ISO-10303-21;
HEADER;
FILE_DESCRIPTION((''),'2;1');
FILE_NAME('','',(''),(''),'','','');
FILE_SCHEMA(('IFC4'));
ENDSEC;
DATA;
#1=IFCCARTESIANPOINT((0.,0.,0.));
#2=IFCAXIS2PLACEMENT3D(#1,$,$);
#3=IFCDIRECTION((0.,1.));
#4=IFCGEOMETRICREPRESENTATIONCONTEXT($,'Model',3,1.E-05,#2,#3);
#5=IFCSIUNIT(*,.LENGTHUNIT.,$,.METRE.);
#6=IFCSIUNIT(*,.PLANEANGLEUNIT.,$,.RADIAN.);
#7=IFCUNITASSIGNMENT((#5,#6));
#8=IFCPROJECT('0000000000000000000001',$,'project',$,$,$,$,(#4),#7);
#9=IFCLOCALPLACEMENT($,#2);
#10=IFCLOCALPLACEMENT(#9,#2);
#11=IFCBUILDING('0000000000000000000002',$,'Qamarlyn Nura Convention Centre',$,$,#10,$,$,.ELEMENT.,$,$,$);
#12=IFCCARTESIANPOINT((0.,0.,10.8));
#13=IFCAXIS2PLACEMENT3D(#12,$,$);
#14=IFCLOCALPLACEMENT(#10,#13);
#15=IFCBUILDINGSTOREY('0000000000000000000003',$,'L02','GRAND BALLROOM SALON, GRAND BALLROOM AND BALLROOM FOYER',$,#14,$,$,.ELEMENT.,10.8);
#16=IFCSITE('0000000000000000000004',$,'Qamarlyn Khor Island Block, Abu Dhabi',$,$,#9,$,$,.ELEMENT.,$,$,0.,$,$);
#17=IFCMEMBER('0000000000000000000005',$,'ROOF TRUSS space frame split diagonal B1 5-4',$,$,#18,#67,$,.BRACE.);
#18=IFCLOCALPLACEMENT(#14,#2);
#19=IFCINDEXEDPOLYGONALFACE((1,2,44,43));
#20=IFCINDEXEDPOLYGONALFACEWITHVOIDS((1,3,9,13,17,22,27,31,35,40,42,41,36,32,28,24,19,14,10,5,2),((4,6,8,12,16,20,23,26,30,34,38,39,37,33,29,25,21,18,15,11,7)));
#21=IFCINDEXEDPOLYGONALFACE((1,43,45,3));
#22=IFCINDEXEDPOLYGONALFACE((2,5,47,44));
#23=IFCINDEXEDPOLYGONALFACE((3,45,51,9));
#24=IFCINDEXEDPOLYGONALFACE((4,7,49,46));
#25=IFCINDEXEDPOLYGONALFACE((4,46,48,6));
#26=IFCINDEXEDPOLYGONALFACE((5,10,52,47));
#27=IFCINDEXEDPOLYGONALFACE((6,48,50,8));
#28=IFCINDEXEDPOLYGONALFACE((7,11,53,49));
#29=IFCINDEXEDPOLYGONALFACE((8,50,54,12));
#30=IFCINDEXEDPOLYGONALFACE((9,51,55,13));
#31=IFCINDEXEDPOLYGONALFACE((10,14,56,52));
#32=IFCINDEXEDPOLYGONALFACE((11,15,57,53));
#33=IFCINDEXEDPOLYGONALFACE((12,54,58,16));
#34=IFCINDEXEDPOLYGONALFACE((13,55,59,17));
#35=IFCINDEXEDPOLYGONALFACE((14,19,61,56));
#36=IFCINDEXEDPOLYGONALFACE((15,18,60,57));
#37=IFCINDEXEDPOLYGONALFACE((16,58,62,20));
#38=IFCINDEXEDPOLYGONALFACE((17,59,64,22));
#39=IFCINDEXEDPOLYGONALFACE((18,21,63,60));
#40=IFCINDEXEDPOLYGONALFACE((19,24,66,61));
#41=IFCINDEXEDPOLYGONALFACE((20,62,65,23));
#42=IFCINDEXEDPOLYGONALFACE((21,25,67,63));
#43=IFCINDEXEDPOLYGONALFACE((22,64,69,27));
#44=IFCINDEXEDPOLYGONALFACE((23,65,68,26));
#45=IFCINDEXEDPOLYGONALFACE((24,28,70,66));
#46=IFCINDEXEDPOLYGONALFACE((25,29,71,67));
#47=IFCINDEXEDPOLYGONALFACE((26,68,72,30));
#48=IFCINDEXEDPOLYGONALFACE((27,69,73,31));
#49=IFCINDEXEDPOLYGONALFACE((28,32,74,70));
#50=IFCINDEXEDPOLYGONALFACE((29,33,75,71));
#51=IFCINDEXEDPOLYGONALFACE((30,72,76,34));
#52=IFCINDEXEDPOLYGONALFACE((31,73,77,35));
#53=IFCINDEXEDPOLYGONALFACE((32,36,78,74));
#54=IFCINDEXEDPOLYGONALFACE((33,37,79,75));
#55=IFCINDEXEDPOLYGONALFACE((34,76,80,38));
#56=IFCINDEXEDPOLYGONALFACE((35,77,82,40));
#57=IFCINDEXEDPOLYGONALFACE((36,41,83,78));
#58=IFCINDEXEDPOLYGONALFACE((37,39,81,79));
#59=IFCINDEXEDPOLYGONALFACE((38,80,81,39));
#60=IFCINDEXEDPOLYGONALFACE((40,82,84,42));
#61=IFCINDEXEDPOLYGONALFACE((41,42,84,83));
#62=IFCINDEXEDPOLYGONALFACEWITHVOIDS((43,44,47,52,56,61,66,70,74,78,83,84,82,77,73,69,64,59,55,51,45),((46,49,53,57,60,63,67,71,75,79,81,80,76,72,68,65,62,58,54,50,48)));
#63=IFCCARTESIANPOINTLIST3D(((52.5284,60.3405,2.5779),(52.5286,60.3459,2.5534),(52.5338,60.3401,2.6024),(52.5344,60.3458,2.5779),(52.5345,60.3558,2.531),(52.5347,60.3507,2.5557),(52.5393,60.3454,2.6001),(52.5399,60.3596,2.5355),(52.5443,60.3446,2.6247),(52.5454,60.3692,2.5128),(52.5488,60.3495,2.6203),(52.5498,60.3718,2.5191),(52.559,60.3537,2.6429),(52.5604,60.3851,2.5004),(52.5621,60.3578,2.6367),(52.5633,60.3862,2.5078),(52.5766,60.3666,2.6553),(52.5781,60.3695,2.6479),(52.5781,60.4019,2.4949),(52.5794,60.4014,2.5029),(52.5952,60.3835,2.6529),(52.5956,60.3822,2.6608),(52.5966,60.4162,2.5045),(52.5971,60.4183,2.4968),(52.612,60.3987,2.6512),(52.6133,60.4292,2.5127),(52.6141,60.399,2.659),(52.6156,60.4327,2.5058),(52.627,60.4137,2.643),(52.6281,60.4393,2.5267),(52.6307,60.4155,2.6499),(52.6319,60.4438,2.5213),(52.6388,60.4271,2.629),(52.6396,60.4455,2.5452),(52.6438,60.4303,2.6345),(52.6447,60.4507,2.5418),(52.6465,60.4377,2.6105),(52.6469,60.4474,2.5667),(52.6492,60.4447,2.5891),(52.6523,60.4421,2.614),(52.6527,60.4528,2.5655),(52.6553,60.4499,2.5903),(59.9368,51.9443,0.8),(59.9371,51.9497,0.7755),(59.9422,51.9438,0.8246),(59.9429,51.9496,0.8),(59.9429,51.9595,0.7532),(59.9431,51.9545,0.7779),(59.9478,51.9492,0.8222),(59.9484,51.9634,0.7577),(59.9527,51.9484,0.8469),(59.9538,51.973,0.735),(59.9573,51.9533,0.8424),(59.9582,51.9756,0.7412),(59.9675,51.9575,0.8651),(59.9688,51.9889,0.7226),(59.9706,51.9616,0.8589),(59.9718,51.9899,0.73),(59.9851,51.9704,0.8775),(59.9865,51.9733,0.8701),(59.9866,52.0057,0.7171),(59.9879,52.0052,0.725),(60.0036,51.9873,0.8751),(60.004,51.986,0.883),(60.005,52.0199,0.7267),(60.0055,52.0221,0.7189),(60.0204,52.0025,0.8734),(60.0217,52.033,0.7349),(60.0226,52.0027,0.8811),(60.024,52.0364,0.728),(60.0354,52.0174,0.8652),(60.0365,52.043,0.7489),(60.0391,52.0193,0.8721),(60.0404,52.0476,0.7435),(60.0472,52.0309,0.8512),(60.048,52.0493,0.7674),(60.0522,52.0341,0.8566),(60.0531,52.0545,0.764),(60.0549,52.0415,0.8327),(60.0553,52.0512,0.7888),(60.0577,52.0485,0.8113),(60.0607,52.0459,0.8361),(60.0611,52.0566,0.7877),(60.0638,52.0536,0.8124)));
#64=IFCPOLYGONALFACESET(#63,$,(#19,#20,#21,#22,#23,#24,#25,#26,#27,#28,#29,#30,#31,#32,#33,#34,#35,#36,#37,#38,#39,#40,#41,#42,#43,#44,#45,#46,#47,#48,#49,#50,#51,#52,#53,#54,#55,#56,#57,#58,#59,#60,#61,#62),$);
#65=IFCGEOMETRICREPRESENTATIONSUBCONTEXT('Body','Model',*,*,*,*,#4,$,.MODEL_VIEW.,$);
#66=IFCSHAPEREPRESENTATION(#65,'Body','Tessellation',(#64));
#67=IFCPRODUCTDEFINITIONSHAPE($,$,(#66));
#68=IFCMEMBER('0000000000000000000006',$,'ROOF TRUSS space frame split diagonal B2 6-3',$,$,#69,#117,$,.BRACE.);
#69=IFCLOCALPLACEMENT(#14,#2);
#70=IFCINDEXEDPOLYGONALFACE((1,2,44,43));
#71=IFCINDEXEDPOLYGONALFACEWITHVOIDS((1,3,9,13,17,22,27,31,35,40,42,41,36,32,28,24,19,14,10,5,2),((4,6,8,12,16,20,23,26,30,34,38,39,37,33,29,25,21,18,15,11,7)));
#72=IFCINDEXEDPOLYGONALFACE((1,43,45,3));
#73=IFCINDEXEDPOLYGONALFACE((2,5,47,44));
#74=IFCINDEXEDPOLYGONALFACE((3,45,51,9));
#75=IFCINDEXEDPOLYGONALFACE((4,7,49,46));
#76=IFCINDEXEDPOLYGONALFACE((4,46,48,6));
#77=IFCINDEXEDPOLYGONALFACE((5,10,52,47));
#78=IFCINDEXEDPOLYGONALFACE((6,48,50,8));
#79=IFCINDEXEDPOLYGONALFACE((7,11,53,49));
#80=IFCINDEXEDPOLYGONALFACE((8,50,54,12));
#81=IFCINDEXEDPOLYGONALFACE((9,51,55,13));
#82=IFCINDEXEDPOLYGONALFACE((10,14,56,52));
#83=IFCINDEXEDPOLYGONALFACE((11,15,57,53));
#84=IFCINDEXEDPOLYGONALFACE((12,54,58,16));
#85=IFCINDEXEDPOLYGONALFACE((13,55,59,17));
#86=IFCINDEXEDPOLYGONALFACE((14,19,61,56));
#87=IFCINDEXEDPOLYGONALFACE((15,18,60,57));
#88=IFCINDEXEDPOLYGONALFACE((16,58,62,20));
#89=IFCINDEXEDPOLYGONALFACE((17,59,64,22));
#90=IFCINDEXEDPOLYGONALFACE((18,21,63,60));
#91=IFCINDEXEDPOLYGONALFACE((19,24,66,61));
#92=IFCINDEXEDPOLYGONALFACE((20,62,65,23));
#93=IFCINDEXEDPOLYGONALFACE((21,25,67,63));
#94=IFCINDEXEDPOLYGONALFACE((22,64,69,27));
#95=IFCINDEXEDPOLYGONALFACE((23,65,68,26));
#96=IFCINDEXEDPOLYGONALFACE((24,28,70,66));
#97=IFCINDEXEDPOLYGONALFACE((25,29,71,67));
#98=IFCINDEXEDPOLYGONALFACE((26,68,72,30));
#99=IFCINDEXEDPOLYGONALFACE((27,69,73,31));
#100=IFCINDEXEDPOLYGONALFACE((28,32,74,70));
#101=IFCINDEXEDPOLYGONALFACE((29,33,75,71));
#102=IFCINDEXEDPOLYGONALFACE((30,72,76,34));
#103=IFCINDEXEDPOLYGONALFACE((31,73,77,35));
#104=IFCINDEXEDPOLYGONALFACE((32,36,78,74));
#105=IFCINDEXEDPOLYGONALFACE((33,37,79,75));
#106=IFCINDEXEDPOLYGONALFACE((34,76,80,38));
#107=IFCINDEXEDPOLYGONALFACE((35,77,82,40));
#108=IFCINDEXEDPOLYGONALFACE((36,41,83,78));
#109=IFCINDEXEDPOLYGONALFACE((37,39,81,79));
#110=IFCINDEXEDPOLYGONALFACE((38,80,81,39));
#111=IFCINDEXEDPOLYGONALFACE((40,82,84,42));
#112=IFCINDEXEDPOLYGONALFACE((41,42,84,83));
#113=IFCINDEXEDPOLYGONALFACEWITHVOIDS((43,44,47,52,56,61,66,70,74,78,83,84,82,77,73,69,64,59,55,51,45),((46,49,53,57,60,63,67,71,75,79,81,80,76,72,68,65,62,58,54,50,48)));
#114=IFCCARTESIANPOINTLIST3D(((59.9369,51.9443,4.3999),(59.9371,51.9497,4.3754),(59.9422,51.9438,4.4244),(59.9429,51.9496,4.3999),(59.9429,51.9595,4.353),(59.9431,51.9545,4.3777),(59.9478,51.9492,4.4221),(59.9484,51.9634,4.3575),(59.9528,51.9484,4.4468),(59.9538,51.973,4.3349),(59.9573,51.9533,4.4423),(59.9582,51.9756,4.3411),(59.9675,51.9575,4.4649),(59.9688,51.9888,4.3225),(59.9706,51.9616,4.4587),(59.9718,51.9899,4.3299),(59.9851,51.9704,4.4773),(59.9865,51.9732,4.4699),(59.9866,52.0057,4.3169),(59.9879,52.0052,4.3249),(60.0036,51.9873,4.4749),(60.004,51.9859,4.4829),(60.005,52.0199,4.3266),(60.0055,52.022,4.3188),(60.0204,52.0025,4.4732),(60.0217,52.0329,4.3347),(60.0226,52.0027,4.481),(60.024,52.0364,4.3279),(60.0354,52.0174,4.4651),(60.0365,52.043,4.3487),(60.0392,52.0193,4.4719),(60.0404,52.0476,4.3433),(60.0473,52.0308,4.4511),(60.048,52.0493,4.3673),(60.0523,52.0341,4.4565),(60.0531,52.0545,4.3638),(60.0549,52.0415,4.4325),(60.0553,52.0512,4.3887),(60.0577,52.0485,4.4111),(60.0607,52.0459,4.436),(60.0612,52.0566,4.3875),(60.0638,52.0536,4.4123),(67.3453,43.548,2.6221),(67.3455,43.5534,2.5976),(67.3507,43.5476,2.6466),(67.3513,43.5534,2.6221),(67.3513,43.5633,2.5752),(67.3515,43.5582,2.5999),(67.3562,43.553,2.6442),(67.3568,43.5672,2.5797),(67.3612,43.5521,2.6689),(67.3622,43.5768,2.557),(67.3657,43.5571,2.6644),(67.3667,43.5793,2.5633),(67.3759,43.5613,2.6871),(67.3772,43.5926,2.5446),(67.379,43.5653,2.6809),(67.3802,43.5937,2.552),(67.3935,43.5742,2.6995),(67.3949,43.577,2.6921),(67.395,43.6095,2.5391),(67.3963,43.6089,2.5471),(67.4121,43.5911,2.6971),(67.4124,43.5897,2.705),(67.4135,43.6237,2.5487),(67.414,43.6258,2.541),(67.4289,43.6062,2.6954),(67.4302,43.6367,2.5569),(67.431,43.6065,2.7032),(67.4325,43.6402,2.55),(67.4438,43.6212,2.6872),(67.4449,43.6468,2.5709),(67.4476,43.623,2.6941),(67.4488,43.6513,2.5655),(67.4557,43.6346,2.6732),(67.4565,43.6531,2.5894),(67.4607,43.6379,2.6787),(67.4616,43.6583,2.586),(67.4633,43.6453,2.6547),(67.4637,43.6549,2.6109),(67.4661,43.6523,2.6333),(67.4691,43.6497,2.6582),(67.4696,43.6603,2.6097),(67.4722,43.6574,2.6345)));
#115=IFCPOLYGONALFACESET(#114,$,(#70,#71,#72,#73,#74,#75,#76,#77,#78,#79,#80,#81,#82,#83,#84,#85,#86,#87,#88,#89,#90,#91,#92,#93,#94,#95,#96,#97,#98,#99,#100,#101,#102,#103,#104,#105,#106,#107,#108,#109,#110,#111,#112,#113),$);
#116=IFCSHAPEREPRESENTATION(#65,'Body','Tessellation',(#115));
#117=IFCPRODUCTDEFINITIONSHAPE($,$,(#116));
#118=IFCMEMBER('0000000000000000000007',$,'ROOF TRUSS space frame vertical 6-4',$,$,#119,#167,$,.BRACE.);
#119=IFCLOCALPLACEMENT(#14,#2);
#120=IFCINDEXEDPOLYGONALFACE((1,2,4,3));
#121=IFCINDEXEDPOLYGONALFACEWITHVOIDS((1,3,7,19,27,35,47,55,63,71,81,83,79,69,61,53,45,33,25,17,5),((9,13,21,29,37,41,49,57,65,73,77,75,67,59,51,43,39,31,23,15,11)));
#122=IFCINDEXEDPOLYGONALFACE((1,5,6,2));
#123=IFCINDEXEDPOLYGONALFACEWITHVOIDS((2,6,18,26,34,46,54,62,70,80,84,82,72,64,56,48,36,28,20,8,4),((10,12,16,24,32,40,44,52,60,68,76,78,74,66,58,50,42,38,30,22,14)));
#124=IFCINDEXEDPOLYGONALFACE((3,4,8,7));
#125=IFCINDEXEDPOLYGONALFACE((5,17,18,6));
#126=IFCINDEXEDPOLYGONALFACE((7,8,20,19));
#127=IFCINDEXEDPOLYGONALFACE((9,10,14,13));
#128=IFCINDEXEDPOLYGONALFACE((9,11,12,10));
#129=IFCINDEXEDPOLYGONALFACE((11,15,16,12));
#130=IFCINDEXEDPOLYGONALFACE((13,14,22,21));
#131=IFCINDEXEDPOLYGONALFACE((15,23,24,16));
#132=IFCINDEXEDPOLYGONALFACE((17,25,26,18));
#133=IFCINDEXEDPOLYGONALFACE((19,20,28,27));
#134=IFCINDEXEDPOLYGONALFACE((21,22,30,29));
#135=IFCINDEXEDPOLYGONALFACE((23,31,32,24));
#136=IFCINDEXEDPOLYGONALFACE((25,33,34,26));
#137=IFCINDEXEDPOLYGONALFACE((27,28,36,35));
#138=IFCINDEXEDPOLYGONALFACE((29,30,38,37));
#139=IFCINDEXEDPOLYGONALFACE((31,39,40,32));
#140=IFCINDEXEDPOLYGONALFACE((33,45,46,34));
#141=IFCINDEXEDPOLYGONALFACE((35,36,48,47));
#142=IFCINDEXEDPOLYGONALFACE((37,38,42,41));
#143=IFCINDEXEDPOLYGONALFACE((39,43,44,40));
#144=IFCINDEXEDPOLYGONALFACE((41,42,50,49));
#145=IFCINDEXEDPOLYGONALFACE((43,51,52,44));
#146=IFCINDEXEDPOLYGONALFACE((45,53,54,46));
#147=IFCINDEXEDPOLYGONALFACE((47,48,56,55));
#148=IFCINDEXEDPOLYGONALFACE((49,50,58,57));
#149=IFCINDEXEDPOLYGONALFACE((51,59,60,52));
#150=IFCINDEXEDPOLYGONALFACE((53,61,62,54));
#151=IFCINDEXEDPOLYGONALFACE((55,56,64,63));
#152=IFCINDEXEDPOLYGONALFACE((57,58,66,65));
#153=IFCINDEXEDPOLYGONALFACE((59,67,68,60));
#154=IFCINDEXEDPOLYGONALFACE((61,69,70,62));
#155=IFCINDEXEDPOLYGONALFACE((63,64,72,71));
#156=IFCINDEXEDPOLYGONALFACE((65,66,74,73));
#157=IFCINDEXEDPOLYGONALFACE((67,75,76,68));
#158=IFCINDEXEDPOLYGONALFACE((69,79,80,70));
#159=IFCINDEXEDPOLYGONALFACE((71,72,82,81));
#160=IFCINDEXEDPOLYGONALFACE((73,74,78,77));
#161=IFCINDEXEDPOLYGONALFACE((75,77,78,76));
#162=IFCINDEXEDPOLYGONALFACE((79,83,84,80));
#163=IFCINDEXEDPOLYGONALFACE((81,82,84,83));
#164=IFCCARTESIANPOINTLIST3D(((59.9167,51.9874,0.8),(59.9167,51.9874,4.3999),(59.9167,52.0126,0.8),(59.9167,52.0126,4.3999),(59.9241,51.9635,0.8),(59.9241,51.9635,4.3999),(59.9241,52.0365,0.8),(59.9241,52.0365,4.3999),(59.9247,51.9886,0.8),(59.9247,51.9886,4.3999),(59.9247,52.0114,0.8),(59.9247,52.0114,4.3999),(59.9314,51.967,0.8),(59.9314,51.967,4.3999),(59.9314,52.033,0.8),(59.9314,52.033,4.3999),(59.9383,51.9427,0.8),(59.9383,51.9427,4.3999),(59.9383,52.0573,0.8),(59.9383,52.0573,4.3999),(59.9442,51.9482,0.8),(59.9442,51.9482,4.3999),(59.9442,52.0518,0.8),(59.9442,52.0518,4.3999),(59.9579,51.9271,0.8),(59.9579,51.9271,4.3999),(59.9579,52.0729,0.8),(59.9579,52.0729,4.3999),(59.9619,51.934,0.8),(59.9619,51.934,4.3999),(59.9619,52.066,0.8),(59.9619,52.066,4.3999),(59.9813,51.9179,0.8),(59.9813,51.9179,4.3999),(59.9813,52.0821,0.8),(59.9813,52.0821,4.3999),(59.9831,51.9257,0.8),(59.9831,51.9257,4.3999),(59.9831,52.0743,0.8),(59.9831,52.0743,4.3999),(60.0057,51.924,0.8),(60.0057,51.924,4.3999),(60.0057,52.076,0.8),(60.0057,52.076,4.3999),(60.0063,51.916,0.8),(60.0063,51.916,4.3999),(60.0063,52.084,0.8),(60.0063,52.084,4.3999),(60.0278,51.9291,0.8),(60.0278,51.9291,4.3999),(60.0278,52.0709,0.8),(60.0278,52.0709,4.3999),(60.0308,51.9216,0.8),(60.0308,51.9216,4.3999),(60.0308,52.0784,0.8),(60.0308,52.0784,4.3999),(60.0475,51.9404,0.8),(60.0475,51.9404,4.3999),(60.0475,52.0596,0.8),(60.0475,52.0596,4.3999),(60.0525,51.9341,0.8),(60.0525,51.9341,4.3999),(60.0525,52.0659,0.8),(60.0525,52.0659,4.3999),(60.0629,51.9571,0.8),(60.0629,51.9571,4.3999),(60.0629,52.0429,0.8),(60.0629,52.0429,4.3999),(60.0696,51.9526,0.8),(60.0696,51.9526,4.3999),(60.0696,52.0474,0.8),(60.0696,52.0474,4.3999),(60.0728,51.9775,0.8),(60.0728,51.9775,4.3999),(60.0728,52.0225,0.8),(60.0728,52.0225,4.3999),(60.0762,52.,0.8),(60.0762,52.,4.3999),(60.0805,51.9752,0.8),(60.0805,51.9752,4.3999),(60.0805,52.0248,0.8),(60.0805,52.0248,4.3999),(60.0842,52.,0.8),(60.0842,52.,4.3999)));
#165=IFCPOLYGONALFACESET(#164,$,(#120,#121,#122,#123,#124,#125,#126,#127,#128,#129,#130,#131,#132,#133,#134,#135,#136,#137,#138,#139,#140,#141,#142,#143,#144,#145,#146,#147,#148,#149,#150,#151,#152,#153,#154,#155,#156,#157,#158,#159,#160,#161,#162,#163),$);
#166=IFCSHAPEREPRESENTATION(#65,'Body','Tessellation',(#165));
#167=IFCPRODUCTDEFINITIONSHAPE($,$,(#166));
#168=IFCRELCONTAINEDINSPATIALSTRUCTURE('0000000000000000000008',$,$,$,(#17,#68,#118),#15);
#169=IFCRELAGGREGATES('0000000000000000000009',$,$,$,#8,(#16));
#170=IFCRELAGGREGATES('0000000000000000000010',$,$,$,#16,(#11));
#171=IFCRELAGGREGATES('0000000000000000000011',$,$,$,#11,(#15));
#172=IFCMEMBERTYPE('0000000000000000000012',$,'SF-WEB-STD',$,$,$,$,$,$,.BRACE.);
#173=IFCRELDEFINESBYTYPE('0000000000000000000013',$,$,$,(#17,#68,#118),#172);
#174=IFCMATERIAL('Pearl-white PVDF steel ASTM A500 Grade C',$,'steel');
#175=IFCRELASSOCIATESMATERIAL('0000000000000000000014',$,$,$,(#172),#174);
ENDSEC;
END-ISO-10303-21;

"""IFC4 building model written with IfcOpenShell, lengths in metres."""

from ifc_helpers import new_model, si_unit, direction, frame, origin, origin_2d, place, context, subcontext, project, spatial, hollow_circle, extrude, material, material_profile, profile_set, type_object, element, save


model = new_model("IFC4")

# Units and contexts
model_context = context("Model", 3, precision=1e-05, world=origin(), true_north=direction((0.0, 1.0)))
body_context = subcontext(model_context, "Body", "Model", "MODEL_VIEW")
ifc_project = project(units=[si_unit("LENGTHUNIT", "METRE"), si_unit("PLANEANGLEUNIT", "RADIAN")], contexts=[model_context])

# Site, building, storey
site_placement = place(None, origin())
site = spatial("IfcSite", under=ifc_project, at=site_placement, Name="Qamarlyn Khor Island Block, Abu Dhabi", CompositionType="ELEMENT", RefElevation=0.0)
building_placement = place(site_placement, origin())
building = spatial("IfcBuilding", under=site, at=building_placement, Name="Qamarlyn Nura Convention Centre", CompositionType="ELEMENT")
storey_placement = place(building_placement, frame((0.0, 0.0, 10.8)))
storey = spatial("IfcBuildingStorey", under=building, at=storey_placement, Name="L02", Description="GRAND BALLROOM SALON, GRAND BALLROOM AND BALLROOM FOYER", CompositionType="ELEMENT", Elevation=10.8)

# Members
ifc_material_1 = material(Name="Pearl-white PVDF steel ASTM A500 Grade C", Category="steel")
ifc_material_profile_1 = material_profile(ifc_material_1, hollow_circle(Radius=0.0842, WallThickness=0.0081, at=origin_2d()), Name="CHS168.3X8")
ifc_profile_set_1 = profile_set([ifc_material_profile_1], Name="Pearl-white PVDF steel ASTM A500 Grade C")
member_type_1 = type_object("IfcMemberType", Name="SF-WEB-STD", PredefinedType="BRACE", material=ifc_profile_set_1)
for number, where, z_axis, x_axis, name in (
    (1, (60.0, 52.0, 0.8), (-0.653437, 0.740562, 0.156808), (-0.749838, -0.661622, 0.0), "ROOF TRUSS space frame split diagonal B1 5-4"),
    (2, (67.4084, 43.6038, 2.6221), (-0.653437, 0.740562, 0.156808), (-0.749838, -0.661622, 0.0), "ROOF TRUSS space frame split diagonal B2 6-3"),
):
    element("IfcMember", number, at=place(storey_placement, frame(where, z_axis=z_axis, x_axis=x_axis)), inside=storey, type_object=member_type_1, Name=name, PredefinedType="BRACE", context=body_context, shape_type="SweptSolid", body=[
        extrude(hollow_circle(Radius=0.0842, WallThickness=0.0081, at=origin_2d()), origin(), (0.0, 0.0, 1.0), 11.3376),
    ])
member_1_placement = place(storey_placement, frame((60.0, 52.0, 0.8), z_axis=(0.0, 0.0, 1.0), x_axis=(1.0, 0.0, 0.0)))
element("IfcMember", 3, at=member_1_placement, inside=storey, type_object=member_type_1, Name="ROOF TRUSS space frame vertical 6-4", PredefinedType="BRACE", context=body_context, shape_type="SweptSolid", body=[
    extrude(hollow_circle(Radius=0.0842, WallThickness=0.0081, at=origin_2d()), origin(), (0.0, 0.0, 1.0), 3.5999),
])

save(model, "model.ifc")
